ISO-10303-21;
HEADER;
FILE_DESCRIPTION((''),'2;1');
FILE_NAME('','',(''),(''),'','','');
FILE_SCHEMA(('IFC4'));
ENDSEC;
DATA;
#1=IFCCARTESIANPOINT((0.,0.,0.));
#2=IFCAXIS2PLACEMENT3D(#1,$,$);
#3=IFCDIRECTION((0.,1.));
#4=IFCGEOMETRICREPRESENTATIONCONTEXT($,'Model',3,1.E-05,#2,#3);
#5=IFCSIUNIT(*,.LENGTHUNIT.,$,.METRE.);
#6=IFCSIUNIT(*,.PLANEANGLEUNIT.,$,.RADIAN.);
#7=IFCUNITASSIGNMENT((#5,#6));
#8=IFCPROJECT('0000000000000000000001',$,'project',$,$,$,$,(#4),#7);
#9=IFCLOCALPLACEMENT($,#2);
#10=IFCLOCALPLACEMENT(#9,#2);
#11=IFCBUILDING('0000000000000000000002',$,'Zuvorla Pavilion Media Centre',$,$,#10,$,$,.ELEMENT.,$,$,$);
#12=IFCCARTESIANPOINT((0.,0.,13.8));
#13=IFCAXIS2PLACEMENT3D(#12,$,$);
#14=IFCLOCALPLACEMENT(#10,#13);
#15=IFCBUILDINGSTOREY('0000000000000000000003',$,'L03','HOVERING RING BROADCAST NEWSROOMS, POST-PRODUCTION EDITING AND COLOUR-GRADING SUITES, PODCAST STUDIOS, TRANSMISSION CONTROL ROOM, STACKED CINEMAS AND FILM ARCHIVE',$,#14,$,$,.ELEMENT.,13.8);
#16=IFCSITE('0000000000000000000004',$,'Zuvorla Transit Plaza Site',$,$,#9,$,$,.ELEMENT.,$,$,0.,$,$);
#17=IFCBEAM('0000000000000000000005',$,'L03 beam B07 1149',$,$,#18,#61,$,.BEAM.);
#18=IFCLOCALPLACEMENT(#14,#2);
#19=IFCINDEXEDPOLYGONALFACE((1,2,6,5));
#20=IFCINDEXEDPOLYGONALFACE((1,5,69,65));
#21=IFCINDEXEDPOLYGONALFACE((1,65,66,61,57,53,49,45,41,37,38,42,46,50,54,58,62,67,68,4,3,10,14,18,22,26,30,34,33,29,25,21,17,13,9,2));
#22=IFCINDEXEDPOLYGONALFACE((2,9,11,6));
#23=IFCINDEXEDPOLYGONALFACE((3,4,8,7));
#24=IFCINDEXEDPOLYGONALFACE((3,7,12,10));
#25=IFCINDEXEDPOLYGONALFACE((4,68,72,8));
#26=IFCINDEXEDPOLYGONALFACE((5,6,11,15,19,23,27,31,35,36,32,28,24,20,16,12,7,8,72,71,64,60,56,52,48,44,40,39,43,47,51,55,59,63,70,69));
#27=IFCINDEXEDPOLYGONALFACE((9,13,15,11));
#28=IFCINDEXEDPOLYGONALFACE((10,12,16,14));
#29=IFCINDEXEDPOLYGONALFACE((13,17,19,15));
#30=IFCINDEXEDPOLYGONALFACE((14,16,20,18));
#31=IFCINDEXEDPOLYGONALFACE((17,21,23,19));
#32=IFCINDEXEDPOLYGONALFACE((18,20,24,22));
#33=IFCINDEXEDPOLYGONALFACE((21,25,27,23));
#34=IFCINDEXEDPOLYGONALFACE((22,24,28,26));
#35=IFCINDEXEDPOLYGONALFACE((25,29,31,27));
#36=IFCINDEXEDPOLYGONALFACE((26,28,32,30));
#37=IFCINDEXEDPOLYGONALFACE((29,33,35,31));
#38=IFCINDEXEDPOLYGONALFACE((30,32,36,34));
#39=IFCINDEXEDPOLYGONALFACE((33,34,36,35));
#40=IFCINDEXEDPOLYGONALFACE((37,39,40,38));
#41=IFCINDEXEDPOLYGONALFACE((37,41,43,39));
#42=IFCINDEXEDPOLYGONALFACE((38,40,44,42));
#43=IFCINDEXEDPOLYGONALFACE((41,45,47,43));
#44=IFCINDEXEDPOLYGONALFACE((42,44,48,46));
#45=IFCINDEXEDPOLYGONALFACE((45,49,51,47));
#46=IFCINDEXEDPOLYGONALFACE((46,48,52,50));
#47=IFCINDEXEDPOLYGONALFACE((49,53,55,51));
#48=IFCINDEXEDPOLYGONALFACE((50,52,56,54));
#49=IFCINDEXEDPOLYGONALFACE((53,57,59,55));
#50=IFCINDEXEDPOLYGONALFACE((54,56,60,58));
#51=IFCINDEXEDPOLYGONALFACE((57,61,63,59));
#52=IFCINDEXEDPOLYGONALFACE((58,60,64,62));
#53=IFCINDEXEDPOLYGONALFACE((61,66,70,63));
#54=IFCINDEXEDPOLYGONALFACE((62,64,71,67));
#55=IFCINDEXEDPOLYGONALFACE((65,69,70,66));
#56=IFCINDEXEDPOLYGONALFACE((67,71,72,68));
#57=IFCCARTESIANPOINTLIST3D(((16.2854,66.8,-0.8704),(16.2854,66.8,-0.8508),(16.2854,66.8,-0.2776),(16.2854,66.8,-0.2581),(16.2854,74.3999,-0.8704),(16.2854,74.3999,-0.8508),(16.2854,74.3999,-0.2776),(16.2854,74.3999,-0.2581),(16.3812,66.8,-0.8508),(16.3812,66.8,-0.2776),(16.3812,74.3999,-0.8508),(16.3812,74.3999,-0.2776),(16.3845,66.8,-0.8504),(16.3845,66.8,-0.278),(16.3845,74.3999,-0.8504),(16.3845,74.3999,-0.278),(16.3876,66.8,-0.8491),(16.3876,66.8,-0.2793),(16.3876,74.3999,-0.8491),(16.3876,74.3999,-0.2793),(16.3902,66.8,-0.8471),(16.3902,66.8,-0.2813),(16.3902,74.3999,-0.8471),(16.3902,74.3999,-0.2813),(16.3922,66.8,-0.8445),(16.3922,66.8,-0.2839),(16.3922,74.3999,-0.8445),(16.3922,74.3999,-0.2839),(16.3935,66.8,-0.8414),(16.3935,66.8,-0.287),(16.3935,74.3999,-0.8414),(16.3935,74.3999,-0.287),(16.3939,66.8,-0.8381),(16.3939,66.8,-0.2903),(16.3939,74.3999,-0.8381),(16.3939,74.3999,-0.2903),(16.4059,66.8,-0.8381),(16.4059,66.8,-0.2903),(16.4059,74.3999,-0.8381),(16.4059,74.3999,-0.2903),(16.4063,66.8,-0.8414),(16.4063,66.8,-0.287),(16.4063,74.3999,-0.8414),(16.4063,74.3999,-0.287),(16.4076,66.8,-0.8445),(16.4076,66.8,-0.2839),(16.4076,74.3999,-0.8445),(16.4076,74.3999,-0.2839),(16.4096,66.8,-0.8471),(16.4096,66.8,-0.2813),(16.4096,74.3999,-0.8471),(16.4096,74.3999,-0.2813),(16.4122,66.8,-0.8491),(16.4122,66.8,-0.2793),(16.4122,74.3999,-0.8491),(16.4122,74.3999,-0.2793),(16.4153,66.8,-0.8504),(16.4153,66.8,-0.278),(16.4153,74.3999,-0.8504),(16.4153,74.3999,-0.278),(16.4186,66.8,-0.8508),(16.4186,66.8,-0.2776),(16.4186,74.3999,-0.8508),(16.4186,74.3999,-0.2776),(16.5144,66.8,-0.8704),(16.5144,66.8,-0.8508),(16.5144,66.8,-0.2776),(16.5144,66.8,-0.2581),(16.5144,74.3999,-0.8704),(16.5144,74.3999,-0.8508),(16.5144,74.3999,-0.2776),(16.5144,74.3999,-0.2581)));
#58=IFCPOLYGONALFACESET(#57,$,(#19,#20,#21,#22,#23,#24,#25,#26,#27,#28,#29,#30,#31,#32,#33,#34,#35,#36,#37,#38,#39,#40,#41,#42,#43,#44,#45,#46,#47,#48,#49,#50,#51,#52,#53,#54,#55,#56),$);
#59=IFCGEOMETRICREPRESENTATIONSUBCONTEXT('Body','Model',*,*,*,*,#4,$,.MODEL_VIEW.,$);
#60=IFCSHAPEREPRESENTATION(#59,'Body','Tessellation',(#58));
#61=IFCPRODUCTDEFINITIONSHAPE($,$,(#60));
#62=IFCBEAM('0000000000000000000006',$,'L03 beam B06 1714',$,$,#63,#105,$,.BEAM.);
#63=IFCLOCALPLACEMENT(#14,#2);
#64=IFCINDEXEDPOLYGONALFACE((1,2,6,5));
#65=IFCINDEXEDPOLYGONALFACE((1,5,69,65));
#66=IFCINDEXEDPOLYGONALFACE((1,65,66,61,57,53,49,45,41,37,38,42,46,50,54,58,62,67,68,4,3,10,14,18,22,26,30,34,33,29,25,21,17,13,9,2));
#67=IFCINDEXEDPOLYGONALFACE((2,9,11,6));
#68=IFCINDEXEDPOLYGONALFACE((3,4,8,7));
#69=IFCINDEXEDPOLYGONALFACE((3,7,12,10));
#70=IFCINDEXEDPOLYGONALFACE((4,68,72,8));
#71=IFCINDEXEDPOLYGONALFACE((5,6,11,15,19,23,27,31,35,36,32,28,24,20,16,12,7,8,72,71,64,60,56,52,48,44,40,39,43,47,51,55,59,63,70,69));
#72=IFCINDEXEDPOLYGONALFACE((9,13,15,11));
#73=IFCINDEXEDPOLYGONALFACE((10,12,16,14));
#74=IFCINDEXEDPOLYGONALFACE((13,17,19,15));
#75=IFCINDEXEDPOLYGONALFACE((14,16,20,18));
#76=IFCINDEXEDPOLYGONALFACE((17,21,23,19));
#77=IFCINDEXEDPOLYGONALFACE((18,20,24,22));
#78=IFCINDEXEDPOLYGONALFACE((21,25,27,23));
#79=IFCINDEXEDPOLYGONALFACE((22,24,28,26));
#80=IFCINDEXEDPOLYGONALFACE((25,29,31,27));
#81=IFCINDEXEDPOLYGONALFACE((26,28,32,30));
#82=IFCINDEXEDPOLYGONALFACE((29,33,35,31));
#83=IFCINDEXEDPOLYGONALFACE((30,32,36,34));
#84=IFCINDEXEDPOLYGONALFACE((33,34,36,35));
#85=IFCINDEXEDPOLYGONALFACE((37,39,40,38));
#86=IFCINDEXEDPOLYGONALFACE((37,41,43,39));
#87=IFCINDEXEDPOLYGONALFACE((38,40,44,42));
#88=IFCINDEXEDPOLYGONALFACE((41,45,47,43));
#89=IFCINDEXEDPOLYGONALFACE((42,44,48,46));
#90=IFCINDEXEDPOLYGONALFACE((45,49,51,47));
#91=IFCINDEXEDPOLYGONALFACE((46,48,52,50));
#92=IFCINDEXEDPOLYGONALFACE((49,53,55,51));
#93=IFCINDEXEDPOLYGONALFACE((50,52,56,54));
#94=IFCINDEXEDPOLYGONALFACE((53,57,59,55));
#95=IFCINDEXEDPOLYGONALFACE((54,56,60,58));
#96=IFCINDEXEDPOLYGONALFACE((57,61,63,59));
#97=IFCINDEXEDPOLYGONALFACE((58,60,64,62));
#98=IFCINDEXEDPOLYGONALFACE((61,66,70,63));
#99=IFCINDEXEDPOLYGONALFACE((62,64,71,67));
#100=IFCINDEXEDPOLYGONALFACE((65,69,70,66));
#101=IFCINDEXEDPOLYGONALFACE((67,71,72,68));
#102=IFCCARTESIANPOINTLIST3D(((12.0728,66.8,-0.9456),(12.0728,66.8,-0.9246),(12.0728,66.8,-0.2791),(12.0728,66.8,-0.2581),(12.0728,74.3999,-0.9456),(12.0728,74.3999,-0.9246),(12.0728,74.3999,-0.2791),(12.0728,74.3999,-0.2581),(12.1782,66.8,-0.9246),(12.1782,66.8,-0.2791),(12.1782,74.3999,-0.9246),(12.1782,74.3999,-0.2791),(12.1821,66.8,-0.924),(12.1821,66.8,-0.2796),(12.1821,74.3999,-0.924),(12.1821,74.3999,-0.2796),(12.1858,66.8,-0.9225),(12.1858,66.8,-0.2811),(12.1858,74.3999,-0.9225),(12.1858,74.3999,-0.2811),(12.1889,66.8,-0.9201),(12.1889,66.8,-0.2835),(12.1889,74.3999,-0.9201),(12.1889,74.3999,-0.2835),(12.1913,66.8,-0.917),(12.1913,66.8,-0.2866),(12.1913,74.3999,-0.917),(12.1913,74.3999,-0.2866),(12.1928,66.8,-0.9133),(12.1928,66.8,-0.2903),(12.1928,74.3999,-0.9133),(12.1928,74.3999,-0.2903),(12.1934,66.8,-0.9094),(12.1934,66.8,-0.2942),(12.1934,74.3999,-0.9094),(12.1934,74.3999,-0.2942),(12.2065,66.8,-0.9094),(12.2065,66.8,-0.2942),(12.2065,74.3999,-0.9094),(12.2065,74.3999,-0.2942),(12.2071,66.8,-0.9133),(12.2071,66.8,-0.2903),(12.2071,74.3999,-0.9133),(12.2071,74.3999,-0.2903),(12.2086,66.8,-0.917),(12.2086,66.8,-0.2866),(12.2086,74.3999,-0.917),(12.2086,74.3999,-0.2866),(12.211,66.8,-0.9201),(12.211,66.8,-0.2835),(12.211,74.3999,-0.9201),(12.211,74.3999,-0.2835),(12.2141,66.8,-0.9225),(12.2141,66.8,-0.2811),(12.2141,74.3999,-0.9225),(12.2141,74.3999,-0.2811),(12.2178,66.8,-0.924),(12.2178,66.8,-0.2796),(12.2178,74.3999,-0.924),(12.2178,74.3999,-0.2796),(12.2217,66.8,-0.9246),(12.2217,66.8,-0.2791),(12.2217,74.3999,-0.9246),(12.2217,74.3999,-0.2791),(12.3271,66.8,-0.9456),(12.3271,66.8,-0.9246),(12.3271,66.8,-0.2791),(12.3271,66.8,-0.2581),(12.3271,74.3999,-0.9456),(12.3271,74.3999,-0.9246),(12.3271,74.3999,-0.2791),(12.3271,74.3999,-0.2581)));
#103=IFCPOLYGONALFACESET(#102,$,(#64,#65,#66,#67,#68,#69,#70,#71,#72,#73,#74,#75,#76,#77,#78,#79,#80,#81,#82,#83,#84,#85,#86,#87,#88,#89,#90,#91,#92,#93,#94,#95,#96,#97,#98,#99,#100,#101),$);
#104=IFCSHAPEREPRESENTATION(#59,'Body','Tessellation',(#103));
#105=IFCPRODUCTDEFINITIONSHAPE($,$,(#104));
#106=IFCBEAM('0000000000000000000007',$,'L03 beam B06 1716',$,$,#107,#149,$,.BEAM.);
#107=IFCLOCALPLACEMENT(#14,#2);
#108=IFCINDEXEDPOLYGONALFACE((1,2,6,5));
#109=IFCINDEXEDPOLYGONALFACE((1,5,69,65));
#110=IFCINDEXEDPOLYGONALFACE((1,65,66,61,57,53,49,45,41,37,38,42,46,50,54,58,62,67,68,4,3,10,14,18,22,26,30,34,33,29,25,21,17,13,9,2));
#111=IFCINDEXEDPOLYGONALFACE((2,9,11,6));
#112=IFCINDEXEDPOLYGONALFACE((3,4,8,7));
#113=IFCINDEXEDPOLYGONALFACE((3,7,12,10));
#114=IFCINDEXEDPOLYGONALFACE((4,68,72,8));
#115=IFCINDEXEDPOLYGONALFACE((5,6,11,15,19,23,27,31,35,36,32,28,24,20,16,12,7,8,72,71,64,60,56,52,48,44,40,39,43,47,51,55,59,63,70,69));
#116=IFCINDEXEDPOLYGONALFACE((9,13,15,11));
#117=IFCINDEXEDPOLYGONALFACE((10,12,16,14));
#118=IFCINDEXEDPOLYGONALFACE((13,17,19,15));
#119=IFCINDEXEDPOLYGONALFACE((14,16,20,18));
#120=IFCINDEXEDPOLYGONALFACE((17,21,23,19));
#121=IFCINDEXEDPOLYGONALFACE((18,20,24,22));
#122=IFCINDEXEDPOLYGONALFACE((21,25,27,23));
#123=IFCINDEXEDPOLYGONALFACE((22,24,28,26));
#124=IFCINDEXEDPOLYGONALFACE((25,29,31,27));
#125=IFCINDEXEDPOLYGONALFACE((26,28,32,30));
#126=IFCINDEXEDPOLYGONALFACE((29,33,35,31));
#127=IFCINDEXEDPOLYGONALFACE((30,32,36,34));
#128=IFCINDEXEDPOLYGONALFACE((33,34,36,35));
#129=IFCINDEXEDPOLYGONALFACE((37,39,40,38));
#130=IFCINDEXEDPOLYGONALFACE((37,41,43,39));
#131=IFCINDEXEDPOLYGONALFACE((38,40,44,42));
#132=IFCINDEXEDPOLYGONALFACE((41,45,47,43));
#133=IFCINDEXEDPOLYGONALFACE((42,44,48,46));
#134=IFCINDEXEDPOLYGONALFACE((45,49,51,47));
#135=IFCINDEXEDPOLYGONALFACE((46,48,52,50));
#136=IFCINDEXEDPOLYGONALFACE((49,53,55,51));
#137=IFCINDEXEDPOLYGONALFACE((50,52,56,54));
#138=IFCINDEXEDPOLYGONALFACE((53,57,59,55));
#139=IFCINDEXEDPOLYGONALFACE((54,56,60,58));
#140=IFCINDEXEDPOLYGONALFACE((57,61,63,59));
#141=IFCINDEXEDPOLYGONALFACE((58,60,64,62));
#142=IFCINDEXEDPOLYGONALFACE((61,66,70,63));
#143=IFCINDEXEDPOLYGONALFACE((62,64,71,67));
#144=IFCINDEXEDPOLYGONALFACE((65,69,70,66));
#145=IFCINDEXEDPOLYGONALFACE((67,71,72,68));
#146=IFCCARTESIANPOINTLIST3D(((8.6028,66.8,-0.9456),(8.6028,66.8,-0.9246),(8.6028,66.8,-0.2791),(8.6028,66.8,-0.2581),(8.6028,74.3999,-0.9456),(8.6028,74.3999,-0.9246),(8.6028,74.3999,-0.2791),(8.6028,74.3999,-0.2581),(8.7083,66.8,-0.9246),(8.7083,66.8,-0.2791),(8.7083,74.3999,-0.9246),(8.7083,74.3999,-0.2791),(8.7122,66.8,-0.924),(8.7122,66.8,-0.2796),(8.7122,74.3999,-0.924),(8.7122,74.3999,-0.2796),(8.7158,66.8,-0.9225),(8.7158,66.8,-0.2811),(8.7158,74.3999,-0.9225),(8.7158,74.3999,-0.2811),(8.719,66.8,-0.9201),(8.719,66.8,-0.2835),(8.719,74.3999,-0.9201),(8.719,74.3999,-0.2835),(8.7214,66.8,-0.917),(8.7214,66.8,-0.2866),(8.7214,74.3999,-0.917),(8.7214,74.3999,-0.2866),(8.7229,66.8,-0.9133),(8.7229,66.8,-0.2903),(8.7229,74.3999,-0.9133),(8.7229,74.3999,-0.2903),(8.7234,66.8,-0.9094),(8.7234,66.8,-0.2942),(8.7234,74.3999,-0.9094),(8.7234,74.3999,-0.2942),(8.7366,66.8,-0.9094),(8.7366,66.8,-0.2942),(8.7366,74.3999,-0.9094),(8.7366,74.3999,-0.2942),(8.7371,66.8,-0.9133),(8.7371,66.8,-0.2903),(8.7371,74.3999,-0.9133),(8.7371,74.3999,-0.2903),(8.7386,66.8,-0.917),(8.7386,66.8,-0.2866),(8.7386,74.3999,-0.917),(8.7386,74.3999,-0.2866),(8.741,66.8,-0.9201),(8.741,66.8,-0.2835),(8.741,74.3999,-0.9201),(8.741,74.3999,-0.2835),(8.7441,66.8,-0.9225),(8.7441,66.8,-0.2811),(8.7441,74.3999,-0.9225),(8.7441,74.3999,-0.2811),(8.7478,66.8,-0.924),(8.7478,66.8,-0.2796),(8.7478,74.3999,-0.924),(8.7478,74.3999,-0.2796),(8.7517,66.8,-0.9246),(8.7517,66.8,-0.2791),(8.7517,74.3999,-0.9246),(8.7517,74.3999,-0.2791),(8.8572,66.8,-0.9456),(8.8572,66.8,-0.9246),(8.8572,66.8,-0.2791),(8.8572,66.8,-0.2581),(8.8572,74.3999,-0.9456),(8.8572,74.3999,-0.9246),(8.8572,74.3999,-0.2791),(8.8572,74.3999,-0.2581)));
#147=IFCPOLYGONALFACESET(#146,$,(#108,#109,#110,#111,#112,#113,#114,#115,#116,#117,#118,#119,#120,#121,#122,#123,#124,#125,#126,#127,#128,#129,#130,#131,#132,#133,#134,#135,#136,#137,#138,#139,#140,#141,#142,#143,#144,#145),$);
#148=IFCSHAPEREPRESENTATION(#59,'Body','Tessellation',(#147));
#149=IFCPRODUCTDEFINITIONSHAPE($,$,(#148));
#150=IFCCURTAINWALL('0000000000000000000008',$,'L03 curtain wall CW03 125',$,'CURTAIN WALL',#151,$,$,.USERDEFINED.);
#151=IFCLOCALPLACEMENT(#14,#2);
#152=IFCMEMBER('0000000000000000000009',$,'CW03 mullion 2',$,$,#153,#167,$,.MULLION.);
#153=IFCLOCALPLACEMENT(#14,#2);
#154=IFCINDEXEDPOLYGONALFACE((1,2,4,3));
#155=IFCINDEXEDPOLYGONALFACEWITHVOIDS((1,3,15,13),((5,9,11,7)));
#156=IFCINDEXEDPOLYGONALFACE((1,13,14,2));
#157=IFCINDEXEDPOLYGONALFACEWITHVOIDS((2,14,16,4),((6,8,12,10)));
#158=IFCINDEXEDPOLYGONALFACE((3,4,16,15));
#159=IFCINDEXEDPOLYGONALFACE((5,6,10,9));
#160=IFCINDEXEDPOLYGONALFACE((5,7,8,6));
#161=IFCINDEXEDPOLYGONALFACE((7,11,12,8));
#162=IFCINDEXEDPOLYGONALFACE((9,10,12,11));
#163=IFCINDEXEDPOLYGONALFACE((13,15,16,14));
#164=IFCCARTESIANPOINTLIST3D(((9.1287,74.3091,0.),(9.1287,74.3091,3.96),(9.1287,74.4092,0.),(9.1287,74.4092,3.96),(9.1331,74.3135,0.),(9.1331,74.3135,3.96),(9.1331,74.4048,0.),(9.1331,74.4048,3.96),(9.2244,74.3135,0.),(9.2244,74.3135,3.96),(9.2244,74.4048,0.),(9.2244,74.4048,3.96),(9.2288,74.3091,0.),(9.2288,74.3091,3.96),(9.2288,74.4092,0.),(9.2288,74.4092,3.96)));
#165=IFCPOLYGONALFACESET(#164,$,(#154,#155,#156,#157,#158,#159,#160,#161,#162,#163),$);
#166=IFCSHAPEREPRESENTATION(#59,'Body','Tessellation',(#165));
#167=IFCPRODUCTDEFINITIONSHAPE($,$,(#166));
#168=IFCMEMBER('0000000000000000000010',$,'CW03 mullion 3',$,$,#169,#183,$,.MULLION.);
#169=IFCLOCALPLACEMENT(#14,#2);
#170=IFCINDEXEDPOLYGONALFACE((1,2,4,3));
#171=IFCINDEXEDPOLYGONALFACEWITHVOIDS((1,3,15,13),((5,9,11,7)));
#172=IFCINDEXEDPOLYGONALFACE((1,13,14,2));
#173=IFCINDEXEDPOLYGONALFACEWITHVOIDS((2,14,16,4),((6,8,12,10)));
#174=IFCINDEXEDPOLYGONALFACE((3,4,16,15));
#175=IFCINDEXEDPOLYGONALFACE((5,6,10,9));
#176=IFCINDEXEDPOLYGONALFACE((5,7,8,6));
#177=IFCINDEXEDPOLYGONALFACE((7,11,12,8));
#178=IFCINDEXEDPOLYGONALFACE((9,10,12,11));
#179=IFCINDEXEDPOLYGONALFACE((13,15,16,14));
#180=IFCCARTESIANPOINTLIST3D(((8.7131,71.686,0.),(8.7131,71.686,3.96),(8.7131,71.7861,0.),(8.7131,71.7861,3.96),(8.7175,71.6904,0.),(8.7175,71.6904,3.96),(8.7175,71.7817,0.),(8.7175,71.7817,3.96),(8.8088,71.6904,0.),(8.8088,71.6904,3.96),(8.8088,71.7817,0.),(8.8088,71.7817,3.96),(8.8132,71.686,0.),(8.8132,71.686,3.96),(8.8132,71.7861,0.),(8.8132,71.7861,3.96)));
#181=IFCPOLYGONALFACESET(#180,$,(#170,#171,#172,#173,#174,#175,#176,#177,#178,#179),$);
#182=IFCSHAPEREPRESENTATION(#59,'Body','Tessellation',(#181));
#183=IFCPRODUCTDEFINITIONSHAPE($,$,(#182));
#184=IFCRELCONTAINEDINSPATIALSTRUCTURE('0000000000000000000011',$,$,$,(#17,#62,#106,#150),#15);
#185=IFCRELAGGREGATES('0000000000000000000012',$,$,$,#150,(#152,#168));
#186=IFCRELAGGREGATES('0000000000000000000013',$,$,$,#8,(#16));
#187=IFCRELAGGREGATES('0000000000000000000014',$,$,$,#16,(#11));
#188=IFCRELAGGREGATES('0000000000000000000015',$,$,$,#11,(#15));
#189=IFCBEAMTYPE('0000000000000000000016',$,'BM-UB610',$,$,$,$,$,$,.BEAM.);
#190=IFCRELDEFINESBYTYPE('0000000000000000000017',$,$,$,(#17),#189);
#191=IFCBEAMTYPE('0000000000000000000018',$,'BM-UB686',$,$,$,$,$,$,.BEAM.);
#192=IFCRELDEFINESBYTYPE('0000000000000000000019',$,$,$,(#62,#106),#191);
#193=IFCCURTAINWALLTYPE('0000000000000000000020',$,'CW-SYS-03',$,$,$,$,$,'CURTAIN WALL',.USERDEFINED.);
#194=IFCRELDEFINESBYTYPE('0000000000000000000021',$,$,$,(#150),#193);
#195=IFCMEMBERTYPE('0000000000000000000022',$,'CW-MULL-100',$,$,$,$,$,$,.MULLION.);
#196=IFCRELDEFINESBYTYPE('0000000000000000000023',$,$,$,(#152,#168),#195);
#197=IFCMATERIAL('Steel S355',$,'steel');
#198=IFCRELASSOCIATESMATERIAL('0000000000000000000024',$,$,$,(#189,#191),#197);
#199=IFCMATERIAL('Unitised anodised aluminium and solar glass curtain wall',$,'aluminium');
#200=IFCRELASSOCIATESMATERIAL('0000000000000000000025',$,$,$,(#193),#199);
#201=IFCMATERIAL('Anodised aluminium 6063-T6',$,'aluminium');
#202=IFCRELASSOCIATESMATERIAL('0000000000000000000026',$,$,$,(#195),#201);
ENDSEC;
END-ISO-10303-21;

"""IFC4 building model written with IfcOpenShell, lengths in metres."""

from ifc_helpers import new_model, si_unit, direction, frame, origin, origin_2d, place, context, subcontext, project, spatial, hollow_rectangle, i_section, extrude, material, material_profile, profile_set, type_object, element, aggregate, save


model = new_model("IFC4")

# Units and contexts
model_context = context("Model", 3, precision=1e-05, world=origin(), true_north=direction((0.0, 1.0)))
body_context = subcontext(model_context, "Body", "Model", "MODEL_VIEW")
ifc_project = project(units=[si_unit("LENGTHUNIT", "METRE"), si_unit("PLANEANGLEUNIT", "RADIAN")], contexts=[model_context])

# Site, building, storey
site_placement = place(None, origin())
site = spatial("IfcSite", under=ifc_project, at=site_placement, Name="Zuvorla Transit Plaza Site", CompositionType="ELEMENT", RefElevation=0.0)
building_placement = place(site_placement, origin())
building = spatial("IfcBuilding", under=site, at=building_placement, Name="Zuvorla Pavilion Media Centre", CompositionType="ELEMENT")
storey_placement = place(building_placement, frame((0.0, 0.0, 13.8)))
storey = spatial("IfcBuildingStorey", under=building, at=storey_placement, Name="L03", Description="HOVERING RING BROADCAST NEWSROOMS, POST-PRODUCTION EDITING AND COLOUR-GRADING SUITES, PODCAST STUDIOS, TRANSMISSION CONTROL ROOM, STACKED CINEMAS AND FILM ARCHIVE", CompositionType="ELEMENT", Elevation=13.8)

# Shared definitions
ifc_material_1 = material(Name="Steel S355", Category="steel")

# Beams
ifc_material_profile_1 = material_profile(ifc_material_1, i_section(OverallWidth=0.229, OverallDepth=0.6123, WebThickness=0.012, FlangeThickness=0.0195, FilletRadius=0.0127, at=origin_2d()), Name="UB 610x229x125")
ifc_profile_set_1 = profile_set([ifc_material_profile_1], Name="Steel S355")
beam_type_1 = type_object("IfcBeamType", Name="BM-UB610", PredefinedType="BEAM", material=ifc_profile_set_1)
beam_1_placement = place(storey_placement, frame((16.3999, 66.8, -0.5642), z_axis=(0.0, 1.0, 0.0), x_axis=(-1.0, 0.0, 0.0)))
element("IfcBeam", 1, at=beam_1_placement, inside=storey, type_object=beam_type_1, Name="L03 beam B07 1149", PredefinedType="BEAM", context=body_context, shape_type="SweptSolid", body=[
    extrude(i_section(OverallWidth=0.229, OverallDepth=0.6123, WebThickness=0.012, FlangeThickness=0.0195, FilletRadius=0.0127, at=origin_2d()), origin(), (0.0, 0.0, 1.0), 7.5999),
])
ifc_material_profile_2 = material_profile(ifc_material_1, i_section(OverallWidth=0.2544, OverallDepth=0.6875, WebThickness=0.0132, FlangeThickness=0.021, FilletRadius=0.0151, at=origin_2d()), Name="UB 686x254x152")
ifc_profile_set_2 = profile_set([ifc_material_profile_2], Name="Steel S355")
beam_type_2 = type_object("IfcBeamType", Name="BM-UB686", PredefinedType="BEAM", material=ifc_profile_set_2)
for number, where, z_axis, x_axis, name in (
    (2, (12.2, 66.8, -0.6018), (0.0, 1.0, 0.0), (-1.0, 0.0, 0.0), "L03 beam B06 1714"),
    (3, (8.73, 66.8, -0.6018), (0.0, 1.0, 0.0), (-1.0, 0.0, 0.0), "L03 beam B06 1716"),
):
    element("IfcBeam", number, at=place(storey_placement, frame(where, z_axis=z_axis, x_axis=x_axis)), inside=storey, type_object=beam_type_2, Name=name, PredefinedType="BEAM", context=body_context, shape_type="SweptSolid", body=[
        extrude(i_section(OverallWidth=0.2544, OverallDepth=0.6875, WebThickness=0.0132, FlangeThickness=0.021, FilletRadius=0.0151, at=origin_2d()), origin(), (0.0, 0.0, 1.0), 7.5999),
    ])

# Curtain wall, members
ifc_material_2 = material(Name="Unitised anodised aluminium and solar glass curtain wall", Category="aluminium")
curtain_wall_type_1 = type_object("IfcCurtainWallType", Name="CW-SYS-03", ElementType="CURTAIN WALL", PredefinedType="USERDEFINED", material=ifc_material_2)
curtain_wall_1_placement = place(storey_placement, origin())
curtain_wall_1 = element("IfcCurtainWall", 4, at=curtain_wall_1_placement, inside=storey, type_object=curtain_wall_type_1, Name="L03 curtain wall CW03 125", ObjectType="CURTAIN WALL", PredefinedType="USERDEFINED")
ifc_material_3 = material(Name="Anodised aluminium 6063-T6", Category="aluminium")
ifc_material_profile_3 = material_profile(ifc_material_3, hollow_rectangle(XDim=0.1001, YDim=0.1001, WallThickness=0.0044, at=origin_2d()), Name="ALU MULL 100x100")
ifc_profile_set_3 = profile_set([ifc_material_profile_3], Name="Anodised aluminium 6063-T6")
member_type_1 = type_object("IfcMemberType", Name="CW-MULL-100", PredefinedType="MULLION", material=ifc_profile_set_3)
member_1_placement = place(storey_placement, frame((9.1787, 74.3591, 0.0), z_axis=(0.0, 0.0, 1.0), x_axis=(1.0, 0.0, 0.0)))
member_1 = element("IfcMember", 5, at=member_1_placement, type_object=member_type_1, Name="CW03 mullion 2", PredefinedType="MULLION", context=body_context, shape_type="SweptSolid", body=[
    extrude(hollow_rectangle(XDim=0.1001, YDim=0.1001, WallThickness=0.0044, at=origin_2d()), origin(), (0.0, 0.0, 1.0), 3.96),
])
member_2_placement = place(storey_placement, frame((8.7632, 71.7361, 0.0), z_axis=(0.0, 0.0, 1.0), x_axis=(1.0, 0.0, 0.0)))
member_2 = element("IfcMember", 6, at=member_2_placement, type_object=member_type_1, Name="CW03 mullion 3", PredefinedType="MULLION", context=body_context, shape_type="SweptSolid", body=[
    extrude(hollow_rectangle(XDim=0.1001, YDim=0.1001, WallThickness=0.0044, at=origin_2d()), origin(), (0.0, 0.0, 1.0), 3.96),
])

aggregate(curtain_wall_1, [member_1, member_2])

save(model, "model.ifc")
